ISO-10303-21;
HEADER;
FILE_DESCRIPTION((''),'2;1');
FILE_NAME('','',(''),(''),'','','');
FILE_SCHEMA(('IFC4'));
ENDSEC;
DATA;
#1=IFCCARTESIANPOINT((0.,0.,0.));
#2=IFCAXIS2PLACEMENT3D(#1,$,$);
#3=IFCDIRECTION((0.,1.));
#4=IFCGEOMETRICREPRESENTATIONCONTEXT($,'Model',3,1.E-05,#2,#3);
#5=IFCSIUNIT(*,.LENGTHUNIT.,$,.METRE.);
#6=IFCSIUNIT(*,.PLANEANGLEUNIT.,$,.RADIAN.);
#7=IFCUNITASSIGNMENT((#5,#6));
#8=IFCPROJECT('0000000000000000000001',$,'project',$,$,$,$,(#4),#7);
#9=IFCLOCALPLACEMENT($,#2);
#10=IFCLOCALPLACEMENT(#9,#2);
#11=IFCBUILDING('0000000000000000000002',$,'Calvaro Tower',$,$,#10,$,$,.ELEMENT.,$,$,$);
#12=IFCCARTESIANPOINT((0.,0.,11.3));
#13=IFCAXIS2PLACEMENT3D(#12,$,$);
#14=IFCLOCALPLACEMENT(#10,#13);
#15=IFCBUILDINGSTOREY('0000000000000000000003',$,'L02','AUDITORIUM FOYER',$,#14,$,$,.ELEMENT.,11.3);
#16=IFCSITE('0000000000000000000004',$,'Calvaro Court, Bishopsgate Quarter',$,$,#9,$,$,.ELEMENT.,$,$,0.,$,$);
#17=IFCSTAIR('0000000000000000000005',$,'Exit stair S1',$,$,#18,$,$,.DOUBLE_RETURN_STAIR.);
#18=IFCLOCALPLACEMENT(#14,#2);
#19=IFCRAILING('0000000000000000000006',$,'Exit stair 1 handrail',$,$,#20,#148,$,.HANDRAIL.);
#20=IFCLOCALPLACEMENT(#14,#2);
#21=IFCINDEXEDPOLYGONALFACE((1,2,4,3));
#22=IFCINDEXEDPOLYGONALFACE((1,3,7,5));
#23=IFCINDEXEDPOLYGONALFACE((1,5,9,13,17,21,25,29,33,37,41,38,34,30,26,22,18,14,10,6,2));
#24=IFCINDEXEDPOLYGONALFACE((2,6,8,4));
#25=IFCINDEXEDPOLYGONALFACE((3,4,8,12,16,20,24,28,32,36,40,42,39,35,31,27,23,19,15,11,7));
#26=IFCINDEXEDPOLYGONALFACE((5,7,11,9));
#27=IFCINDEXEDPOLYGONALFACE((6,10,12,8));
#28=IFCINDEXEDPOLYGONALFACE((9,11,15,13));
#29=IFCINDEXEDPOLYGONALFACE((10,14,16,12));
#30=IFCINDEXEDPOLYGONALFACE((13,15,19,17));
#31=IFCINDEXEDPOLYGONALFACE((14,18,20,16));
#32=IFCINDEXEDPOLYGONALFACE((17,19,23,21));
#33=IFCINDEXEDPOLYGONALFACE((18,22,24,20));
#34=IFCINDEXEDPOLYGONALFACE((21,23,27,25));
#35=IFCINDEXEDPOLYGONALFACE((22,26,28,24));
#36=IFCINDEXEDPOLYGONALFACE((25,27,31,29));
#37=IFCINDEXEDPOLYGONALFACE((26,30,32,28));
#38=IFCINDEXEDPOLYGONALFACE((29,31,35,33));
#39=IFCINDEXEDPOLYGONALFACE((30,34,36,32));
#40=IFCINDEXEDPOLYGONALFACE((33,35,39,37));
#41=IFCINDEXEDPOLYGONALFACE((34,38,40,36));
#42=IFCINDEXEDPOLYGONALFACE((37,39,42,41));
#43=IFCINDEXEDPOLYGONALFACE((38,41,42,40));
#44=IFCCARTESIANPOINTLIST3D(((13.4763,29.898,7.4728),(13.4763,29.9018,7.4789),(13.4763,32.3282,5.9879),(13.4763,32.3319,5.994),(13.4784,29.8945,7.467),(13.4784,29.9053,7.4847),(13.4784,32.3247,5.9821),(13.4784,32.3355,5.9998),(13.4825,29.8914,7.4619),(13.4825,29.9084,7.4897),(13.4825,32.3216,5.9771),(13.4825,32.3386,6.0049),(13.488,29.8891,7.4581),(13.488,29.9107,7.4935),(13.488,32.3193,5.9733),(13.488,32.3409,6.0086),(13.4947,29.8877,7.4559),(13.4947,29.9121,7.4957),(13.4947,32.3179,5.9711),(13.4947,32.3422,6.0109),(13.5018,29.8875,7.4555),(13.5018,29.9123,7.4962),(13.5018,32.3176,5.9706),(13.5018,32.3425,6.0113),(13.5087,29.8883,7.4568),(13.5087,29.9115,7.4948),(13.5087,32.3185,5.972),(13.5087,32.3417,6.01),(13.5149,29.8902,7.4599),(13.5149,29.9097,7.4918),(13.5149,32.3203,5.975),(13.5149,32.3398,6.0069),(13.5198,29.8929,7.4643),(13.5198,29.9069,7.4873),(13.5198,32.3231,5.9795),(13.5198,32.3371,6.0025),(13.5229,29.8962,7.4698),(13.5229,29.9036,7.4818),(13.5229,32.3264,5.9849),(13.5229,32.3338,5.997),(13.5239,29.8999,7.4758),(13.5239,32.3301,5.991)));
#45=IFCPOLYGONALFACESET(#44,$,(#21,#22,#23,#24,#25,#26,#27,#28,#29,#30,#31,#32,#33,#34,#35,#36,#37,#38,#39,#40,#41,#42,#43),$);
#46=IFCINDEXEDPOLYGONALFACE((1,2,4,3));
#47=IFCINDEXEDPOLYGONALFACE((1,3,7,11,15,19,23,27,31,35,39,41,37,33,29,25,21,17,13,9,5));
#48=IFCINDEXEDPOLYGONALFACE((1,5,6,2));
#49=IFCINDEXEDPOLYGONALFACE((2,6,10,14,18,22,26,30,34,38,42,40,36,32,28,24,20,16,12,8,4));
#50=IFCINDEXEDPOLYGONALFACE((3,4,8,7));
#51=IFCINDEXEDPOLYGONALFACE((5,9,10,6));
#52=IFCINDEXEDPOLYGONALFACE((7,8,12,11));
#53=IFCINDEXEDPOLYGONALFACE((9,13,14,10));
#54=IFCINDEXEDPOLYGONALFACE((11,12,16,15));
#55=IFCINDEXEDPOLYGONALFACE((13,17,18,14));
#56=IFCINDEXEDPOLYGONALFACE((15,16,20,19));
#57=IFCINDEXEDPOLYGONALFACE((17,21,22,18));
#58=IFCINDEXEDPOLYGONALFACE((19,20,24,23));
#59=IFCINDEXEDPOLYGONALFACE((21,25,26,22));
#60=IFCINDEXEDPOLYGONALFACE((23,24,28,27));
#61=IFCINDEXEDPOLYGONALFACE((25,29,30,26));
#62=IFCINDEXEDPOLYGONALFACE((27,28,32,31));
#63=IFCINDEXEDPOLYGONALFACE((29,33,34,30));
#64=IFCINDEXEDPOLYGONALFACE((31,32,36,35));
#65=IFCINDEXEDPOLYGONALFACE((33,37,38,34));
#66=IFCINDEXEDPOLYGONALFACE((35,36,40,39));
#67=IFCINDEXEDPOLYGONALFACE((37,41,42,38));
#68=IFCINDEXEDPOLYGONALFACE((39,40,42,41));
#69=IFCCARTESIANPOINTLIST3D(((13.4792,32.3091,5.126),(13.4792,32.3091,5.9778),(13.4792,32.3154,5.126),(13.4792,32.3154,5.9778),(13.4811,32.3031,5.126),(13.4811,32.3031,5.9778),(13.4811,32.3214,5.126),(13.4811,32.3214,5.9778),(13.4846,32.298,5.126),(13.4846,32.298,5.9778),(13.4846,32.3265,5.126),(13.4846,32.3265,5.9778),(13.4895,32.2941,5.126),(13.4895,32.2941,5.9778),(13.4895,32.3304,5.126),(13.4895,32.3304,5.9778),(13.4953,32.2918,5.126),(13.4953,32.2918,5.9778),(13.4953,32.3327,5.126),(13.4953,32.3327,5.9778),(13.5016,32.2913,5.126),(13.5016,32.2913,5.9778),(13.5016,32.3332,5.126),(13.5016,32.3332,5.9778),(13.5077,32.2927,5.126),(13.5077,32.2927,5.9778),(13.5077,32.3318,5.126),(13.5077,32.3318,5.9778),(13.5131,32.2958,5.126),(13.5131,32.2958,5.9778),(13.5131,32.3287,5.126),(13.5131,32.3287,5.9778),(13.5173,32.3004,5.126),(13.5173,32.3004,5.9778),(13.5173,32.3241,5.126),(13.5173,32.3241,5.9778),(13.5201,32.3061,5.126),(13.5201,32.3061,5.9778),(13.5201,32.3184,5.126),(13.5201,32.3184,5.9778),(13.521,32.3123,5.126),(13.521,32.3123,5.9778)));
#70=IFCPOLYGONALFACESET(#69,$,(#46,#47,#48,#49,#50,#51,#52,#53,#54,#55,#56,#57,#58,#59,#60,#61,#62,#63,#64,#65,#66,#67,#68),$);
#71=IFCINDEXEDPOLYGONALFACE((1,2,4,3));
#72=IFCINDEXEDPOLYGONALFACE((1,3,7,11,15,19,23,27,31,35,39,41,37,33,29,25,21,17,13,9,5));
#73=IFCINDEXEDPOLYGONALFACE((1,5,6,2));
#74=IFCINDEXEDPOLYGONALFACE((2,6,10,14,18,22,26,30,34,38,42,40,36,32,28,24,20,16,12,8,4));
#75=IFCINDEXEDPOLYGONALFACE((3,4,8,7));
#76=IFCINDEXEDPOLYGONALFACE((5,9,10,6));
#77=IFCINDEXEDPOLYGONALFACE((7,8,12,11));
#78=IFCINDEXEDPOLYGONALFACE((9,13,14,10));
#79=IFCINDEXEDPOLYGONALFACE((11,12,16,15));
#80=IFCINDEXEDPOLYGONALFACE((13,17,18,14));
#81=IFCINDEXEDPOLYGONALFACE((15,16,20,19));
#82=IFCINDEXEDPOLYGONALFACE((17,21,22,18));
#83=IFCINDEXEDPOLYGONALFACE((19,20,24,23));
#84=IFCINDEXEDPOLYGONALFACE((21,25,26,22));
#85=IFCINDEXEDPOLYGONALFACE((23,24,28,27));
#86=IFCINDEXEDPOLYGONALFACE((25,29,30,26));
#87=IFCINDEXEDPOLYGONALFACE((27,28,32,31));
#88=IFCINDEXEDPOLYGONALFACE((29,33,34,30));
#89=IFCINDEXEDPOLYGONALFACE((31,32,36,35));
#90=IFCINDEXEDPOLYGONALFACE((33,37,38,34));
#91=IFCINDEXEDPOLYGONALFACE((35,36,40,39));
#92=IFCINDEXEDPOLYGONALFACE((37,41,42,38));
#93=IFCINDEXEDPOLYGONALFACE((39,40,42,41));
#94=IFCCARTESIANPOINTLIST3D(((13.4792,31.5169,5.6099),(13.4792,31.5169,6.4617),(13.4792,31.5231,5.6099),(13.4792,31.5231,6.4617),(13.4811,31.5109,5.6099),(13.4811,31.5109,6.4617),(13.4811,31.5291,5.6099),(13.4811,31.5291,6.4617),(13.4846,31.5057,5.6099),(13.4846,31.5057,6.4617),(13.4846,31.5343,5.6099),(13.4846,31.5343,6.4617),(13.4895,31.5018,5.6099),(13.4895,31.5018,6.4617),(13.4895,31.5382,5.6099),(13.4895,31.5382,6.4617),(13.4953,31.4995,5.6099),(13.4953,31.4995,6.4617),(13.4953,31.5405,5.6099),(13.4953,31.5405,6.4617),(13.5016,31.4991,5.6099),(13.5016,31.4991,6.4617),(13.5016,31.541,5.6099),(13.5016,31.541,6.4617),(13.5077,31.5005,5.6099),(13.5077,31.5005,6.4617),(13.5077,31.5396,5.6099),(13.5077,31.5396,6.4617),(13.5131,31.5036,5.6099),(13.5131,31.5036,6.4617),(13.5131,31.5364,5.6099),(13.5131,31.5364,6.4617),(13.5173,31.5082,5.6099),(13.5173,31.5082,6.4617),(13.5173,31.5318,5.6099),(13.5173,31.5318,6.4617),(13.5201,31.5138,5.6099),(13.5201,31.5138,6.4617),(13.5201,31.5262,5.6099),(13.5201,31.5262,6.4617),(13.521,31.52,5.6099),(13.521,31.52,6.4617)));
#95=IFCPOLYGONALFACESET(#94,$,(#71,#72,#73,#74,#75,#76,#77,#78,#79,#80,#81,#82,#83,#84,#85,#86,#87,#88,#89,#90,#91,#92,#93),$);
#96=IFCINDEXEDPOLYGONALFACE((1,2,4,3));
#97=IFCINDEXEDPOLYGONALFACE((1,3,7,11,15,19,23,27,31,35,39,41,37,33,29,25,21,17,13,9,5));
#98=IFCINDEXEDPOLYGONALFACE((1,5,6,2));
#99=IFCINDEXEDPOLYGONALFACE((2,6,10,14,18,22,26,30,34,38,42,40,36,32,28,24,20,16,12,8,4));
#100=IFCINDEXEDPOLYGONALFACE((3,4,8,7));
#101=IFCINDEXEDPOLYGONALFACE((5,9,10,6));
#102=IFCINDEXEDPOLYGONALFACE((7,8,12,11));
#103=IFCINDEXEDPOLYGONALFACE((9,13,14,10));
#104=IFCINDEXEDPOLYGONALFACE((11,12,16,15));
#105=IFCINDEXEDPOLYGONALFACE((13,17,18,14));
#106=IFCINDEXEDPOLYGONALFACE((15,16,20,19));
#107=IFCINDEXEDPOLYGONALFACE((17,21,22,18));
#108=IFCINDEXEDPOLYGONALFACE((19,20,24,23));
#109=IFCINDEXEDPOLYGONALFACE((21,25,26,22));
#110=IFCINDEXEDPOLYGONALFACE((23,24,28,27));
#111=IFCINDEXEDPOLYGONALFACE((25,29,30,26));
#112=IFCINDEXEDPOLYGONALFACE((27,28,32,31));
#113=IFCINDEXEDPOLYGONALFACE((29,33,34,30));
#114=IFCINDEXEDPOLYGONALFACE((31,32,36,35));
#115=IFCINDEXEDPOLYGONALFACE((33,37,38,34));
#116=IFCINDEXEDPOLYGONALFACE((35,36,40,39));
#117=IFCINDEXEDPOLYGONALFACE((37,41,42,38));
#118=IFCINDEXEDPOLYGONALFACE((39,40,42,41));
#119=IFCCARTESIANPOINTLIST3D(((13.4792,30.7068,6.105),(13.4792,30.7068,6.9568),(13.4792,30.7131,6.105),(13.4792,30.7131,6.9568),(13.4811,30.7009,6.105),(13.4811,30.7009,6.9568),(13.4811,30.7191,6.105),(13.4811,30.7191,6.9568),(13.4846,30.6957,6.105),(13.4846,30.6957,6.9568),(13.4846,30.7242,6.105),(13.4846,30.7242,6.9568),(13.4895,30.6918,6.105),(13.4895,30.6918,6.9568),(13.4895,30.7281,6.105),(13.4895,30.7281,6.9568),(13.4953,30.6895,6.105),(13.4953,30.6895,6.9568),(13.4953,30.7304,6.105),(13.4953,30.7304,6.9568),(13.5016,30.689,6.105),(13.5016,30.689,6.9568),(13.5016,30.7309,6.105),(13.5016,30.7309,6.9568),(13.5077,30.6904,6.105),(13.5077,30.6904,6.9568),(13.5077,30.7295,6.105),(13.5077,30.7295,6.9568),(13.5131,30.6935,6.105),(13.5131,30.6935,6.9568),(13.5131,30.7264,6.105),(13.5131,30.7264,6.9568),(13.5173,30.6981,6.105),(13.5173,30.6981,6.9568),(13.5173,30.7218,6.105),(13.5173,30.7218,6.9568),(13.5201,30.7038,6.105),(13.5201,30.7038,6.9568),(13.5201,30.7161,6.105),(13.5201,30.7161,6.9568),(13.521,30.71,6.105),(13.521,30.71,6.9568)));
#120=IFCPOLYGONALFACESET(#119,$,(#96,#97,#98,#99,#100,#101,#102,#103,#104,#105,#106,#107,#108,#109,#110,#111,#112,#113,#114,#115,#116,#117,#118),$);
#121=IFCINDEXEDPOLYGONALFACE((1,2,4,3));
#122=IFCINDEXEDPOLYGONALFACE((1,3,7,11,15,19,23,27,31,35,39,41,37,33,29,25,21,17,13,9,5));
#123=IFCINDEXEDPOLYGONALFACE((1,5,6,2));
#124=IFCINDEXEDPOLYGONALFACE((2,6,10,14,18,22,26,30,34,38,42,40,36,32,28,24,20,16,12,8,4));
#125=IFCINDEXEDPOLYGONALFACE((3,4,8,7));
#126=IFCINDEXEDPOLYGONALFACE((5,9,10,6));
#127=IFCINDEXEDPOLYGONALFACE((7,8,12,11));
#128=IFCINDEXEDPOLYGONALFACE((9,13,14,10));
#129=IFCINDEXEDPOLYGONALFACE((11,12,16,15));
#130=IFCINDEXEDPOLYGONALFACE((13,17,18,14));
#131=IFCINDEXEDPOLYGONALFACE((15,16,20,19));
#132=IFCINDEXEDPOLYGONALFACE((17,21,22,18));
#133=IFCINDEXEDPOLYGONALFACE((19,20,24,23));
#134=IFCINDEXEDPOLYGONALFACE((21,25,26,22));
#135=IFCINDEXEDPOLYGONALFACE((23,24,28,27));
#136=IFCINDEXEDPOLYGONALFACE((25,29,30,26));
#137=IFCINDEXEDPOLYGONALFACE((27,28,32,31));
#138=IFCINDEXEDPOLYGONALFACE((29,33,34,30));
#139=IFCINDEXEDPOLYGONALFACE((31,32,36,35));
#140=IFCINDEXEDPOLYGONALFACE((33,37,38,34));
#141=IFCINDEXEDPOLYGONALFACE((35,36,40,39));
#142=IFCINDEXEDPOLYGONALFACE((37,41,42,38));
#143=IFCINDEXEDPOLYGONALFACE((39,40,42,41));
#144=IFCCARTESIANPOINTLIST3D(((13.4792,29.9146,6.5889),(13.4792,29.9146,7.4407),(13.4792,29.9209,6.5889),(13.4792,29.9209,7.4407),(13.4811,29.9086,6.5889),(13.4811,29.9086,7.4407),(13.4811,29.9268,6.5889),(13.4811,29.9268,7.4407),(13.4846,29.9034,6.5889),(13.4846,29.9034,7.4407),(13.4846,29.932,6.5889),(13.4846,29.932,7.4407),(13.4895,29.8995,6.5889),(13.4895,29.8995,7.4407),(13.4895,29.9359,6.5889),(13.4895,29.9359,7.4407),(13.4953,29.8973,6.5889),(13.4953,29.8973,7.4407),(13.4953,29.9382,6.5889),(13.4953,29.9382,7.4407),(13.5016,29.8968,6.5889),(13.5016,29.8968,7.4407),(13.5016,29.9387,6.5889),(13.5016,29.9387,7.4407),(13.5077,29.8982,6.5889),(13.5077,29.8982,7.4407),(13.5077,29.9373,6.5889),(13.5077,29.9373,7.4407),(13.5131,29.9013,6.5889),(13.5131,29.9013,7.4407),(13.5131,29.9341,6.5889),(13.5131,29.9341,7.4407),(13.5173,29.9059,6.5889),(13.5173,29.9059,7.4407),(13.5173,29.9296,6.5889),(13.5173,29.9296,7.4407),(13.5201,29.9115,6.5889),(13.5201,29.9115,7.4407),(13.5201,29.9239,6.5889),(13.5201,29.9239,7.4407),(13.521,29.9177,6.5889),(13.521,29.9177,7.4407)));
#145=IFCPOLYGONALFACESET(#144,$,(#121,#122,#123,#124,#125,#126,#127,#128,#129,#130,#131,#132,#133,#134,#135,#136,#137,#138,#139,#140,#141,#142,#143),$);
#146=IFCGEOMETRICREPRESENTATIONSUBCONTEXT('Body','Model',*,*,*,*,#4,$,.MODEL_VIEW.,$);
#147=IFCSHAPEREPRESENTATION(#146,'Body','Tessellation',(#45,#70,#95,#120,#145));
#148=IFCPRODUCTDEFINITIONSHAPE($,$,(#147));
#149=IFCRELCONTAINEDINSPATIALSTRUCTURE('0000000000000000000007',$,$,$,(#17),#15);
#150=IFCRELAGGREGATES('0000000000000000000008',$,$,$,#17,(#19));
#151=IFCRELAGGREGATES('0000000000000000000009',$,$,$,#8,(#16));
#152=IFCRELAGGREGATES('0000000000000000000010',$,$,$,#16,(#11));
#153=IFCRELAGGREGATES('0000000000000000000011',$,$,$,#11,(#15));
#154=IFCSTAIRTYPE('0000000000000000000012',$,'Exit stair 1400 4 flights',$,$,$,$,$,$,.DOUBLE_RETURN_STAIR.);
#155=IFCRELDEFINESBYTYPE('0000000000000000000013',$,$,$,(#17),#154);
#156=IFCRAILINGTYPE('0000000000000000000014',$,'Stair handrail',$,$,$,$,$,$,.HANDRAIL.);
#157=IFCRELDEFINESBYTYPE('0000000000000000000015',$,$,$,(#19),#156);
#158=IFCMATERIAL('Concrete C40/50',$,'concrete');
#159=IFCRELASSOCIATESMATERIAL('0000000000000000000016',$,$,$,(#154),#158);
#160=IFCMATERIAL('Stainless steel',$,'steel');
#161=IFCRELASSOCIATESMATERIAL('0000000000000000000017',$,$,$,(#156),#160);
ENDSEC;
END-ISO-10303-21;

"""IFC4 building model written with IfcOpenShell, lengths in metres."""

from ifc_helpers import new_model, si_unit, direction, frame, origin, origin_2d, place, context, subcontext, project, spatial, circle, extrude, material, type_object, element, aggregate, save


model = new_model("IFC4")

# Units and contexts
model_context = context("Model", 3, precision=1e-05, world=origin(), true_north=direction((0.0, 1.0)))
body_context = subcontext(model_context, "Body", "Model", "MODEL_VIEW")
ifc_project = project(units=[si_unit("LENGTHUNIT", "METRE"), si_unit("PLANEANGLEUNIT", "RADIAN")], contexts=[model_context])

# Site, building, storey
site_placement = place(None, origin())
site = spatial("IfcSite", under=ifc_project, at=site_placement, Name="Calvaro Court, Bishopsgate Quarter", CompositionType="ELEMENT", RefElevation=0.0)
building_placement = place(site_placement, origin())
building = spatial("IfcBuilding", under=site, at=building_placement, Name="Calvaro Tower", CompositionType="ELEMENT")
storey_placement = place(building_placement, frame((0.0, 0.0, 11.3)))
storey = spatial("IfcBuildingStorey", under=building, at=storey_placement, Name="L02", Description="AUDITORIUM FOYER", CompositionType="ELEMENT", Elevation=11.3)

# Stair, railing
ifc_material_1 = material(Name="Concrete C40/50", Category="concrete")
stair_type = type_object("IfcStairType", Name="Exit stair 1400 4 flights", PredefinedType="DOUBLE_RETURN_STAIR", material=ifc_material_1)
stair_placement = place(storey_placement, origin())
stair = element("IfcStair", 1, at=stair_placement, inside=storey, type_object=stair_type, Name="Exit stair S1", PredefinedType="DOUBLE_RETURN_STAIR")
ifc_material_2 = material(Name="Stainless steel", Category="steel")
railing_type = type_object("IfcRailingType", Name="Stair handrail", PredefinedType="HANDRAIL", material=ifc_material_2)
railing_1_placement = place(storey_placement, frame((13.5, 32.3301, 5.115)))
railing_1 = element("IfcRailing", 2, at=railing_1_placement, type_object=railing_type, Name="Exit stair 1 handrail", PredefinedType="HANDRAIL", context=body_context, shape_type="SweptSolid", body=[
    extrude(circle(Radius=0.0239, at=origin_2d()), frame((0.0, 0.0, 0.876), z_axis=(0.0, -0.85332, 0.521388), x_axis=(1.0, 0.0, 0.0)), (0.0, 0.0, 1.0), 2.8479),
    extrude(circle(Radius=0.021, at=origin_2d()), frame((0.0, -0.0178, 0.011)), (0.0, 0.0, 1.0), 0.8518),
    extrude(circle(Radius=0.021, at=origin_2d()), frame((0.0, -0.8101, 0.4949)), (0.0, 0.0, 1.0), 0.8518),
    extrude(circle(Radius=0.021, at=origin_2d()), frame((0.0, -1.6201, 0.99)), (0.0, 0.0, 1.0), 0.8518),
    extrude(circle(Radius=0.021, at=origin_2d()), frame((0.0, -2.4124, 1.4739)), (0.0, 0.0, 1.0), 0.8518),
])
aggregate(stair, [railing_1])

save(model, "model.ifc")
